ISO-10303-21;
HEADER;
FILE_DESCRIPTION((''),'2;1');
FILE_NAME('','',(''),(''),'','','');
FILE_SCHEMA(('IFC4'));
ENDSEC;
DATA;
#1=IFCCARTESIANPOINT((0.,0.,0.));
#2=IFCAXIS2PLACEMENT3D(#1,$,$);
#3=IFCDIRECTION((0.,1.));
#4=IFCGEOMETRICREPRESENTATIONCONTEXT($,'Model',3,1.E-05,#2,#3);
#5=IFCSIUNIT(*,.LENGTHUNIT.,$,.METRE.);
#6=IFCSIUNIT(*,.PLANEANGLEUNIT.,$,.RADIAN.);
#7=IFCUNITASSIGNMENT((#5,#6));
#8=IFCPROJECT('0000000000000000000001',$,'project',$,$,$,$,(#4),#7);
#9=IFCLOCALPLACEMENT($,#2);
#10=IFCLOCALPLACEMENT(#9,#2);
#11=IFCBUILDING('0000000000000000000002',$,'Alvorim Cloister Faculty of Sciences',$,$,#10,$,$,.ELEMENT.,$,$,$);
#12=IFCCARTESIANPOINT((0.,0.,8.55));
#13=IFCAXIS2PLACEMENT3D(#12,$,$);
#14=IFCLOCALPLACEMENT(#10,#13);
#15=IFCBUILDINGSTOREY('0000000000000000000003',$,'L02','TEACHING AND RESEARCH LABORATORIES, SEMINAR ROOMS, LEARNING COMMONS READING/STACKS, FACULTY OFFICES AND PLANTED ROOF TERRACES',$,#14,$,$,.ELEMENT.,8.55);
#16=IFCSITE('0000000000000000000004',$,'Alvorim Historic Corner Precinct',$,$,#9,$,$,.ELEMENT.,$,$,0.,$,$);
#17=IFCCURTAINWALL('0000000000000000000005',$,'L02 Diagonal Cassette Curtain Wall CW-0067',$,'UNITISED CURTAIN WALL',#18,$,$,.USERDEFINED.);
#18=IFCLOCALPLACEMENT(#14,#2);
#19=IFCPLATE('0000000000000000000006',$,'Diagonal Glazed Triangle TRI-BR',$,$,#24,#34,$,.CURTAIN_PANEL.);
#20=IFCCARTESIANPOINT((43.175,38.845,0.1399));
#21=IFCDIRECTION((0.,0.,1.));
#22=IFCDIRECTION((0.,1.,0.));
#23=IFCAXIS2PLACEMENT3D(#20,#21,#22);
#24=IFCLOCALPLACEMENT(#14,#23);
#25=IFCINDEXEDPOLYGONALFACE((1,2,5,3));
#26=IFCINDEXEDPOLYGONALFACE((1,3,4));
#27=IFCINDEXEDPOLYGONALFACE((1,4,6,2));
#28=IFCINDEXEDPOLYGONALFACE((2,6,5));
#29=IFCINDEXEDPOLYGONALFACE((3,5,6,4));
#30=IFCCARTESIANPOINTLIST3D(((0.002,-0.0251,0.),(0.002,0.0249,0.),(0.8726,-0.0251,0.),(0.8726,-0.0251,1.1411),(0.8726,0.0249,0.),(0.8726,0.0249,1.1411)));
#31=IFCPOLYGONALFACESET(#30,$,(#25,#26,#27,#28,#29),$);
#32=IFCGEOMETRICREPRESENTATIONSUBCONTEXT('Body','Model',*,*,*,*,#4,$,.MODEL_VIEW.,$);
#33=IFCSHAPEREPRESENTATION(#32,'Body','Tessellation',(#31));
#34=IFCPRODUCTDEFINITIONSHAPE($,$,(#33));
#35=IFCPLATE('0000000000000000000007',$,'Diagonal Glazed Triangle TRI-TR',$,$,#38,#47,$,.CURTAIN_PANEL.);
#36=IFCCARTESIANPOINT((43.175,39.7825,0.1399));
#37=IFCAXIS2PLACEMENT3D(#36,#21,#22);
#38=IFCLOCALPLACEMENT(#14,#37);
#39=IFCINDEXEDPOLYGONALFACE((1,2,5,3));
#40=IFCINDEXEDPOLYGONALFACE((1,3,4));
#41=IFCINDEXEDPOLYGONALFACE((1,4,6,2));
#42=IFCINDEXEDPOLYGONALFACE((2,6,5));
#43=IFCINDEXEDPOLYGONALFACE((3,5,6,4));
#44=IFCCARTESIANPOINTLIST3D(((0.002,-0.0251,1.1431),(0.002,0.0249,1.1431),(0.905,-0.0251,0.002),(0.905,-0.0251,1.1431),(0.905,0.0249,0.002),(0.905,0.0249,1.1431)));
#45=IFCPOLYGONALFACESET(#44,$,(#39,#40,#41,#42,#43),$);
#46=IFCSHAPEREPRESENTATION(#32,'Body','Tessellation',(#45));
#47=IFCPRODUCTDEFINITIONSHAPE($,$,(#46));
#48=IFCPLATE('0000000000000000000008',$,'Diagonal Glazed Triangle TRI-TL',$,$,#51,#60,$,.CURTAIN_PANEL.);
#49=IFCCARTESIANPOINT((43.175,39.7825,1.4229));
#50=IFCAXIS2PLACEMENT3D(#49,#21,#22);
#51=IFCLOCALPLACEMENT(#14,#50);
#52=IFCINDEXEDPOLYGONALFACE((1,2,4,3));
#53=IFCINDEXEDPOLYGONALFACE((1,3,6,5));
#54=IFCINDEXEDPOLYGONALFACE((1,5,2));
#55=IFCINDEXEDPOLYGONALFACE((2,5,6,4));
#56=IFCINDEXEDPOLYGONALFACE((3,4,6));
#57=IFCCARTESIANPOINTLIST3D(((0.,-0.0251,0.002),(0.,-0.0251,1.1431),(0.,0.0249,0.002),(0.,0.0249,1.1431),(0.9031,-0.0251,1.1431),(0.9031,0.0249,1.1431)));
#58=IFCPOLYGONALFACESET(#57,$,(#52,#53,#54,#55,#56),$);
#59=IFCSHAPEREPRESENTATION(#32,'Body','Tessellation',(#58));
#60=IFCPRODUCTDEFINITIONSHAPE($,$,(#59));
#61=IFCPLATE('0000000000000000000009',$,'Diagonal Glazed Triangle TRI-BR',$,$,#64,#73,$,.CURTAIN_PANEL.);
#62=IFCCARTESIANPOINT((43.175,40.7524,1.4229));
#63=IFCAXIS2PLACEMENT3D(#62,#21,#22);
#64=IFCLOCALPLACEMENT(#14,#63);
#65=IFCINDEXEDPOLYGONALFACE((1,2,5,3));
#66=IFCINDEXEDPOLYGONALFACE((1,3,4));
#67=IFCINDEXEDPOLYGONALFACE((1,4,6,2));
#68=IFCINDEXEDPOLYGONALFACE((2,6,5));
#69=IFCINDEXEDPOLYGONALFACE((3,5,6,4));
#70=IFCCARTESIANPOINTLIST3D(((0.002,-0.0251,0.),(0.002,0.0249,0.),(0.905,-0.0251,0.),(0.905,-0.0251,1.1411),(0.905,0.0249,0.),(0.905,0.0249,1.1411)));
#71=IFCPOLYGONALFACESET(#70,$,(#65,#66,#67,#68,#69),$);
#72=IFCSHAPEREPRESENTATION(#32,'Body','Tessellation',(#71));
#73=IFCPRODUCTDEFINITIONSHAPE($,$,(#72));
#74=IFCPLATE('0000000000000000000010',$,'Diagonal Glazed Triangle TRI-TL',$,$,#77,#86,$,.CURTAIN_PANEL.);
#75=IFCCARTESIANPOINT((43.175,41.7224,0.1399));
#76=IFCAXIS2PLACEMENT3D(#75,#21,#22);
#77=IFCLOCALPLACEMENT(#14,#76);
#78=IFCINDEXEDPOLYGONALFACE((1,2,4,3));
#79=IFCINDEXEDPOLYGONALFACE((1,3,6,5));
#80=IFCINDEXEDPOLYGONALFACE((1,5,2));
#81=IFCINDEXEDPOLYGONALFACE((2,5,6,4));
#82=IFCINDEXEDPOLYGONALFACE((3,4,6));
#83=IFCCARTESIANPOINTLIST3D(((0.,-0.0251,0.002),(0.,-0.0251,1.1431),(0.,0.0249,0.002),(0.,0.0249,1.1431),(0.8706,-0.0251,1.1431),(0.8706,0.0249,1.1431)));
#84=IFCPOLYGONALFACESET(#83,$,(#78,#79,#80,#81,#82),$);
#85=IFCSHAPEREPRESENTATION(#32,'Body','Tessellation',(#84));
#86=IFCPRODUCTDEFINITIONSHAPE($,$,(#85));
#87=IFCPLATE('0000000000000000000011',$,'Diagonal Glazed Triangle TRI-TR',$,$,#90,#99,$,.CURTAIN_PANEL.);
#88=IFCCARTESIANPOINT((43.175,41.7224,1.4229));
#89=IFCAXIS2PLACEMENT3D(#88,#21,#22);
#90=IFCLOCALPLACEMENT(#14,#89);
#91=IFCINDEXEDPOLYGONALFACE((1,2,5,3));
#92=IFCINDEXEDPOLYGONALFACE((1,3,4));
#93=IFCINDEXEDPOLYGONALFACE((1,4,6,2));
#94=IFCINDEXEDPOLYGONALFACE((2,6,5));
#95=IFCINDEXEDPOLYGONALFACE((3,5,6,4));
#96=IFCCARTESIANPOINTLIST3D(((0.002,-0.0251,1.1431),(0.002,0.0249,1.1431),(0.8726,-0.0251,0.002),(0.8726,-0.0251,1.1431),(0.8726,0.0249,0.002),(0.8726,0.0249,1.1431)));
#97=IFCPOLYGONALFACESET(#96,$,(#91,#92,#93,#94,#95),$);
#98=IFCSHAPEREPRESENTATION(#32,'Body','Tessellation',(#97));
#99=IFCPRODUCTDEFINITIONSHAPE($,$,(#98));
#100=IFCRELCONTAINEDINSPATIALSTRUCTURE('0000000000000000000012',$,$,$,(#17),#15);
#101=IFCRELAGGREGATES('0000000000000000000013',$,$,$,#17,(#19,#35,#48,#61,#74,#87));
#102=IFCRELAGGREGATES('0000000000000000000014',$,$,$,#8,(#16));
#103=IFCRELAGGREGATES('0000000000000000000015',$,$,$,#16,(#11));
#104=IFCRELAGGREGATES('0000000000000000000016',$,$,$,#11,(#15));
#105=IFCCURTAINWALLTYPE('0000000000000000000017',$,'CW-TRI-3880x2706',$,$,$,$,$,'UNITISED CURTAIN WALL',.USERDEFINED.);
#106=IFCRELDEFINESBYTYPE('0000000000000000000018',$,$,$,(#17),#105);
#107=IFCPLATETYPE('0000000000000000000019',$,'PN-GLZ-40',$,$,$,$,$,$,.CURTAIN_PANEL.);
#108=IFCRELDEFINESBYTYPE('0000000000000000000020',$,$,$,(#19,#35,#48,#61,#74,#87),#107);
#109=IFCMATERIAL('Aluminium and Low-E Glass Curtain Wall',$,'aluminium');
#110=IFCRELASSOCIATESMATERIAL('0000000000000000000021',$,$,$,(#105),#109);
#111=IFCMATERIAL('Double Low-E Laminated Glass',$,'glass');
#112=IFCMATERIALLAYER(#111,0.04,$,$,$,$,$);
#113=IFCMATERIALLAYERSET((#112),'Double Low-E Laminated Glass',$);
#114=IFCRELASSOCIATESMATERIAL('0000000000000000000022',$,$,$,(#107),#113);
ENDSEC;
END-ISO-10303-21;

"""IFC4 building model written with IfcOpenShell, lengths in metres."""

from ifc_helpers import new_model, si_unit, direction, frame, origin, place, context, subcontext, project, spatial, polyline, outline, extrude, material, layer, layer_set, type_object, element, aggregate, save


model = new_model("IFC4")

# Units and contexts
model_context = context("Model", 3, precision=1e-05, world=origin(), true_north=direction((0.0, 1.0)))
body_context = subcontext(model_context, "Body", "Model", "MODEL_VIEW")
ifc_project = project(units=[si_unit("LENGTHUNIT", "METRE"), si_unit("PLANEANGLEUNIT", "RADIAN")], contexts=[model_context])

# Site, building, storey
site_placement = place(None, origin())
site = spatial("IfcSite", under=ifc_project, at=site_placement, Name="Alvorim Historic Corner Precinct", CompositionType="ELEMENT", RefElevation=0.0)
building_placement = place(site_placement, origin())
building = spatial("IfcBuilding", under=site, at=building_placement, Name="Alvorim Cloister Faculty of Sciences", CompositionType="ELEMENT")
storey_placement = place(building_placement, frame((0.0, 0.0, 8.55)))
storey = spatial("IfcBuildingStorey", under=building, at=storey_placement, Name="L02", Description="TEACHING AND RESEARCH LABORATORIES, SEMINAR ROOMS, LEARNING COMMONS READING/STACKS, FACULTY OFFICES AND PLANTED ROOF TERRACES", CompositionType="ELEMENT", Elevation=8.55)

# Curtain wall, plates
ifc_material_1 = material(Name="Aluminium and Low-E Glass Curtain Wall", Category="aluminium")
curtain_wall_type = type_object("IfcCurtainWallType", Name="CW-TRI-3880x2706", ElementType="UNITISED CURTAIN WALL", PredefinedType="USERDEFINED", material=ifc_material_1)
curtain_wall_placement = place(storey_placement, origin())
curtain_wall = element("IfcCurtainWall", 1, at=curtain_wall_placement, inside=storey, type_object=curtain_wall_type, Name="L02 Diagonal Cassette Curtain Wall CW-0067", ObjectType="UNITISED CURTAIN WALL", PredefinedType="USERDEFINED")
ifc_material_2 = material(Name="Double Low-E Laminated Glass", Category="glass")
ifc_layer = layer(ifc_material_2, 0.04)
ifc_layer_set = layer_set([ifc_layer], Name="Double Low-E Laminated Glass")
plate_type = type_object("IfcPlateType", Name="PN-GLZ-40", PredefinedType="CURTAIN_PANEL", material=ifc_layer_set)
plate_1_placement = place(storey_placement, frame((43.175, 38.845, 0.1399), z_axis=(0.0, 0.0, 1.0), x_axis=(0.0, 1.0, 0.0)))
plate_1 = element("IfcPlate", 2, at=plate_1_placement, type_object=plate_type, Name="Diagonal Glazed Triangle TRI-BR", PredefinedType="CURTAIN_PANEL", context=body_context, shape_type="SweptSolid", body=[
    extrude(outline(polyline([(0.002, 0.0), (0.8726, 0.0), (0.8726, 1.1411), (0.002, 0.0)])), frame((0.0, 0.0249, 0.0), z_axis=(0.0, -1.0, 0.0), x_axis=(1.0, 0.0, 0.0)), (0.0, 0.0, 1.0), 0.05),
])
plate_2_placement = place(storey_placement, frame((43.175, 39.7825, 0.1399), z_axis=(0.0, 0.0, 1.0), x_axis=(0.0, 1.0, 0.0)))
plate_2 = element("IfcPlate", 3, at=plate_2_placement, type_object=plate_type, Name="Diagonal Glazed Triangle TRI-TR", PredefinedType="CURTAIN_PANEL", context=body_context, shape_type="SweptSolid", body=[
    extrude(outline(polyline([(0.905, 0.002), (0.905, 1.1431), (0.002, 1.1431), (0.905, 0.002)])), frame((0.0, 0.0249, 0.0), z_axis=(0.0, -1.0, 0.0), x_axis=(1.0, 0.0, 0.0)), (0.0, 0.0, 1.0), 0.05),
])
plate_3_placement = place(storey_placement, frame((43.175, 39.7825, 1.4229), z_axis=(0.0, 0.0, 1.0), x_axis=(0.0, 1.0, 0.0)))
plate_3 = element("IfcPlate", 4, at=plate_3_placement, type_object=plate_type, Name="Diagonal Glazed Triangle TRI-TL", PredefinedType="CURTAIN_PANEL", context=body_context, shape_type="SweptSolid", body=[
    extrude(outline(polyline([(0.9031, 1.1431), (0.0, 1.1431), (0.0, 0.002), (0.9031, 1.1431)])), frame((0.0, 0.0249, 0.0), z_axis=(0.0, -1.0, 0.0), x_axis=(1.0, 0.0, 0.0)), (0.0, 0.0, 1.0), 0.05),
])
plate_4_placement = place(storey_placement, frame((43.175, 40.7524, 1.4229), z_axis=(0.0, 0.0, 1.0), x_axis=(0.0, 1.0, 0.0)))
plate_4 = element("IfcPlate", 5, at=plate_4_placement, type_object=plate_type, Name="Diagonal Glazed Triangle TRI-BR", PredefinedType="CURTAIN_PANEL", context=body_context, shape_type="SweptSolid", body=[
    extrude(outline(polyline([(0.002, 0.0), (0.905, 0.0), (0.905, 1.1411), (0.002, 0.0)])), frame((0.0, 0.0249, 0.0), z_axis=(0.0, -1.0, 0.0), x_axis=(1.0, 0.0, 0.0)), (0.0, 0.0, 1.0), 0.05),
])
plate_5_placement = place(storey_placement, frame((43.175, 41.7224, 0.1399), z_axis=(0.0, 0.0, 1.0), x_axis=(0.0, 1.0, 0.0)))
plate_5 = element("IfcPlate", 6, at=plate_5_placement, type_object=plate_type, Name="Diagonal Glazed Triangle TRI-TL", PredefinedType="CURTAIN_PANEL", context=body_context, shape_type="SweptSolid", body=[
    extrude(outline(polyline([(0.8706, 1.1431), (0.0, 1.1431), (0.0, 0.002), (0.8706, 1.1431)])), frame((0.0, 0.0249, 0.0), z_axis=(0.0, -1.0, 0.0), x_axis=(1.0, 0.0, 0.0)), (0.0, 0.0, 1.0), 0.05),
])
plate_6_placement = place(storey_placement, frame((43.175, 41.7224, 1.4229), z_axis=(0.0, 0.0, 1.0), x_axis=(0.0, 1.0, 0.0)))
plate_6 = element("IfcPlate", 7, at=plate_6_placement, type_object=plate_type, Name="Diagonal Glazed Triangle TRI-TR", PredefinedType="CURTAIN_PANEL", context=body_context, shape_type="SweptSolid", body=[
    extrude(outline(polyline([(0.8726, 0.002), (0.8726, 1.1431), (0.002, 1.1431), (0.8726, 0.002)])), frame((0.0, 0.0249, 0.0), z_axis=(0.0, -1.0, 0.0), x_axis=(1.0, 0.0, 0.0)), (0.0, 0.0, 1.0), 0.05),
])
aggregate(curtain_wall, [plate_1, plate_2, plate_3, plate_4, plate_5, plate_6])

save(model, "model.ifc")
